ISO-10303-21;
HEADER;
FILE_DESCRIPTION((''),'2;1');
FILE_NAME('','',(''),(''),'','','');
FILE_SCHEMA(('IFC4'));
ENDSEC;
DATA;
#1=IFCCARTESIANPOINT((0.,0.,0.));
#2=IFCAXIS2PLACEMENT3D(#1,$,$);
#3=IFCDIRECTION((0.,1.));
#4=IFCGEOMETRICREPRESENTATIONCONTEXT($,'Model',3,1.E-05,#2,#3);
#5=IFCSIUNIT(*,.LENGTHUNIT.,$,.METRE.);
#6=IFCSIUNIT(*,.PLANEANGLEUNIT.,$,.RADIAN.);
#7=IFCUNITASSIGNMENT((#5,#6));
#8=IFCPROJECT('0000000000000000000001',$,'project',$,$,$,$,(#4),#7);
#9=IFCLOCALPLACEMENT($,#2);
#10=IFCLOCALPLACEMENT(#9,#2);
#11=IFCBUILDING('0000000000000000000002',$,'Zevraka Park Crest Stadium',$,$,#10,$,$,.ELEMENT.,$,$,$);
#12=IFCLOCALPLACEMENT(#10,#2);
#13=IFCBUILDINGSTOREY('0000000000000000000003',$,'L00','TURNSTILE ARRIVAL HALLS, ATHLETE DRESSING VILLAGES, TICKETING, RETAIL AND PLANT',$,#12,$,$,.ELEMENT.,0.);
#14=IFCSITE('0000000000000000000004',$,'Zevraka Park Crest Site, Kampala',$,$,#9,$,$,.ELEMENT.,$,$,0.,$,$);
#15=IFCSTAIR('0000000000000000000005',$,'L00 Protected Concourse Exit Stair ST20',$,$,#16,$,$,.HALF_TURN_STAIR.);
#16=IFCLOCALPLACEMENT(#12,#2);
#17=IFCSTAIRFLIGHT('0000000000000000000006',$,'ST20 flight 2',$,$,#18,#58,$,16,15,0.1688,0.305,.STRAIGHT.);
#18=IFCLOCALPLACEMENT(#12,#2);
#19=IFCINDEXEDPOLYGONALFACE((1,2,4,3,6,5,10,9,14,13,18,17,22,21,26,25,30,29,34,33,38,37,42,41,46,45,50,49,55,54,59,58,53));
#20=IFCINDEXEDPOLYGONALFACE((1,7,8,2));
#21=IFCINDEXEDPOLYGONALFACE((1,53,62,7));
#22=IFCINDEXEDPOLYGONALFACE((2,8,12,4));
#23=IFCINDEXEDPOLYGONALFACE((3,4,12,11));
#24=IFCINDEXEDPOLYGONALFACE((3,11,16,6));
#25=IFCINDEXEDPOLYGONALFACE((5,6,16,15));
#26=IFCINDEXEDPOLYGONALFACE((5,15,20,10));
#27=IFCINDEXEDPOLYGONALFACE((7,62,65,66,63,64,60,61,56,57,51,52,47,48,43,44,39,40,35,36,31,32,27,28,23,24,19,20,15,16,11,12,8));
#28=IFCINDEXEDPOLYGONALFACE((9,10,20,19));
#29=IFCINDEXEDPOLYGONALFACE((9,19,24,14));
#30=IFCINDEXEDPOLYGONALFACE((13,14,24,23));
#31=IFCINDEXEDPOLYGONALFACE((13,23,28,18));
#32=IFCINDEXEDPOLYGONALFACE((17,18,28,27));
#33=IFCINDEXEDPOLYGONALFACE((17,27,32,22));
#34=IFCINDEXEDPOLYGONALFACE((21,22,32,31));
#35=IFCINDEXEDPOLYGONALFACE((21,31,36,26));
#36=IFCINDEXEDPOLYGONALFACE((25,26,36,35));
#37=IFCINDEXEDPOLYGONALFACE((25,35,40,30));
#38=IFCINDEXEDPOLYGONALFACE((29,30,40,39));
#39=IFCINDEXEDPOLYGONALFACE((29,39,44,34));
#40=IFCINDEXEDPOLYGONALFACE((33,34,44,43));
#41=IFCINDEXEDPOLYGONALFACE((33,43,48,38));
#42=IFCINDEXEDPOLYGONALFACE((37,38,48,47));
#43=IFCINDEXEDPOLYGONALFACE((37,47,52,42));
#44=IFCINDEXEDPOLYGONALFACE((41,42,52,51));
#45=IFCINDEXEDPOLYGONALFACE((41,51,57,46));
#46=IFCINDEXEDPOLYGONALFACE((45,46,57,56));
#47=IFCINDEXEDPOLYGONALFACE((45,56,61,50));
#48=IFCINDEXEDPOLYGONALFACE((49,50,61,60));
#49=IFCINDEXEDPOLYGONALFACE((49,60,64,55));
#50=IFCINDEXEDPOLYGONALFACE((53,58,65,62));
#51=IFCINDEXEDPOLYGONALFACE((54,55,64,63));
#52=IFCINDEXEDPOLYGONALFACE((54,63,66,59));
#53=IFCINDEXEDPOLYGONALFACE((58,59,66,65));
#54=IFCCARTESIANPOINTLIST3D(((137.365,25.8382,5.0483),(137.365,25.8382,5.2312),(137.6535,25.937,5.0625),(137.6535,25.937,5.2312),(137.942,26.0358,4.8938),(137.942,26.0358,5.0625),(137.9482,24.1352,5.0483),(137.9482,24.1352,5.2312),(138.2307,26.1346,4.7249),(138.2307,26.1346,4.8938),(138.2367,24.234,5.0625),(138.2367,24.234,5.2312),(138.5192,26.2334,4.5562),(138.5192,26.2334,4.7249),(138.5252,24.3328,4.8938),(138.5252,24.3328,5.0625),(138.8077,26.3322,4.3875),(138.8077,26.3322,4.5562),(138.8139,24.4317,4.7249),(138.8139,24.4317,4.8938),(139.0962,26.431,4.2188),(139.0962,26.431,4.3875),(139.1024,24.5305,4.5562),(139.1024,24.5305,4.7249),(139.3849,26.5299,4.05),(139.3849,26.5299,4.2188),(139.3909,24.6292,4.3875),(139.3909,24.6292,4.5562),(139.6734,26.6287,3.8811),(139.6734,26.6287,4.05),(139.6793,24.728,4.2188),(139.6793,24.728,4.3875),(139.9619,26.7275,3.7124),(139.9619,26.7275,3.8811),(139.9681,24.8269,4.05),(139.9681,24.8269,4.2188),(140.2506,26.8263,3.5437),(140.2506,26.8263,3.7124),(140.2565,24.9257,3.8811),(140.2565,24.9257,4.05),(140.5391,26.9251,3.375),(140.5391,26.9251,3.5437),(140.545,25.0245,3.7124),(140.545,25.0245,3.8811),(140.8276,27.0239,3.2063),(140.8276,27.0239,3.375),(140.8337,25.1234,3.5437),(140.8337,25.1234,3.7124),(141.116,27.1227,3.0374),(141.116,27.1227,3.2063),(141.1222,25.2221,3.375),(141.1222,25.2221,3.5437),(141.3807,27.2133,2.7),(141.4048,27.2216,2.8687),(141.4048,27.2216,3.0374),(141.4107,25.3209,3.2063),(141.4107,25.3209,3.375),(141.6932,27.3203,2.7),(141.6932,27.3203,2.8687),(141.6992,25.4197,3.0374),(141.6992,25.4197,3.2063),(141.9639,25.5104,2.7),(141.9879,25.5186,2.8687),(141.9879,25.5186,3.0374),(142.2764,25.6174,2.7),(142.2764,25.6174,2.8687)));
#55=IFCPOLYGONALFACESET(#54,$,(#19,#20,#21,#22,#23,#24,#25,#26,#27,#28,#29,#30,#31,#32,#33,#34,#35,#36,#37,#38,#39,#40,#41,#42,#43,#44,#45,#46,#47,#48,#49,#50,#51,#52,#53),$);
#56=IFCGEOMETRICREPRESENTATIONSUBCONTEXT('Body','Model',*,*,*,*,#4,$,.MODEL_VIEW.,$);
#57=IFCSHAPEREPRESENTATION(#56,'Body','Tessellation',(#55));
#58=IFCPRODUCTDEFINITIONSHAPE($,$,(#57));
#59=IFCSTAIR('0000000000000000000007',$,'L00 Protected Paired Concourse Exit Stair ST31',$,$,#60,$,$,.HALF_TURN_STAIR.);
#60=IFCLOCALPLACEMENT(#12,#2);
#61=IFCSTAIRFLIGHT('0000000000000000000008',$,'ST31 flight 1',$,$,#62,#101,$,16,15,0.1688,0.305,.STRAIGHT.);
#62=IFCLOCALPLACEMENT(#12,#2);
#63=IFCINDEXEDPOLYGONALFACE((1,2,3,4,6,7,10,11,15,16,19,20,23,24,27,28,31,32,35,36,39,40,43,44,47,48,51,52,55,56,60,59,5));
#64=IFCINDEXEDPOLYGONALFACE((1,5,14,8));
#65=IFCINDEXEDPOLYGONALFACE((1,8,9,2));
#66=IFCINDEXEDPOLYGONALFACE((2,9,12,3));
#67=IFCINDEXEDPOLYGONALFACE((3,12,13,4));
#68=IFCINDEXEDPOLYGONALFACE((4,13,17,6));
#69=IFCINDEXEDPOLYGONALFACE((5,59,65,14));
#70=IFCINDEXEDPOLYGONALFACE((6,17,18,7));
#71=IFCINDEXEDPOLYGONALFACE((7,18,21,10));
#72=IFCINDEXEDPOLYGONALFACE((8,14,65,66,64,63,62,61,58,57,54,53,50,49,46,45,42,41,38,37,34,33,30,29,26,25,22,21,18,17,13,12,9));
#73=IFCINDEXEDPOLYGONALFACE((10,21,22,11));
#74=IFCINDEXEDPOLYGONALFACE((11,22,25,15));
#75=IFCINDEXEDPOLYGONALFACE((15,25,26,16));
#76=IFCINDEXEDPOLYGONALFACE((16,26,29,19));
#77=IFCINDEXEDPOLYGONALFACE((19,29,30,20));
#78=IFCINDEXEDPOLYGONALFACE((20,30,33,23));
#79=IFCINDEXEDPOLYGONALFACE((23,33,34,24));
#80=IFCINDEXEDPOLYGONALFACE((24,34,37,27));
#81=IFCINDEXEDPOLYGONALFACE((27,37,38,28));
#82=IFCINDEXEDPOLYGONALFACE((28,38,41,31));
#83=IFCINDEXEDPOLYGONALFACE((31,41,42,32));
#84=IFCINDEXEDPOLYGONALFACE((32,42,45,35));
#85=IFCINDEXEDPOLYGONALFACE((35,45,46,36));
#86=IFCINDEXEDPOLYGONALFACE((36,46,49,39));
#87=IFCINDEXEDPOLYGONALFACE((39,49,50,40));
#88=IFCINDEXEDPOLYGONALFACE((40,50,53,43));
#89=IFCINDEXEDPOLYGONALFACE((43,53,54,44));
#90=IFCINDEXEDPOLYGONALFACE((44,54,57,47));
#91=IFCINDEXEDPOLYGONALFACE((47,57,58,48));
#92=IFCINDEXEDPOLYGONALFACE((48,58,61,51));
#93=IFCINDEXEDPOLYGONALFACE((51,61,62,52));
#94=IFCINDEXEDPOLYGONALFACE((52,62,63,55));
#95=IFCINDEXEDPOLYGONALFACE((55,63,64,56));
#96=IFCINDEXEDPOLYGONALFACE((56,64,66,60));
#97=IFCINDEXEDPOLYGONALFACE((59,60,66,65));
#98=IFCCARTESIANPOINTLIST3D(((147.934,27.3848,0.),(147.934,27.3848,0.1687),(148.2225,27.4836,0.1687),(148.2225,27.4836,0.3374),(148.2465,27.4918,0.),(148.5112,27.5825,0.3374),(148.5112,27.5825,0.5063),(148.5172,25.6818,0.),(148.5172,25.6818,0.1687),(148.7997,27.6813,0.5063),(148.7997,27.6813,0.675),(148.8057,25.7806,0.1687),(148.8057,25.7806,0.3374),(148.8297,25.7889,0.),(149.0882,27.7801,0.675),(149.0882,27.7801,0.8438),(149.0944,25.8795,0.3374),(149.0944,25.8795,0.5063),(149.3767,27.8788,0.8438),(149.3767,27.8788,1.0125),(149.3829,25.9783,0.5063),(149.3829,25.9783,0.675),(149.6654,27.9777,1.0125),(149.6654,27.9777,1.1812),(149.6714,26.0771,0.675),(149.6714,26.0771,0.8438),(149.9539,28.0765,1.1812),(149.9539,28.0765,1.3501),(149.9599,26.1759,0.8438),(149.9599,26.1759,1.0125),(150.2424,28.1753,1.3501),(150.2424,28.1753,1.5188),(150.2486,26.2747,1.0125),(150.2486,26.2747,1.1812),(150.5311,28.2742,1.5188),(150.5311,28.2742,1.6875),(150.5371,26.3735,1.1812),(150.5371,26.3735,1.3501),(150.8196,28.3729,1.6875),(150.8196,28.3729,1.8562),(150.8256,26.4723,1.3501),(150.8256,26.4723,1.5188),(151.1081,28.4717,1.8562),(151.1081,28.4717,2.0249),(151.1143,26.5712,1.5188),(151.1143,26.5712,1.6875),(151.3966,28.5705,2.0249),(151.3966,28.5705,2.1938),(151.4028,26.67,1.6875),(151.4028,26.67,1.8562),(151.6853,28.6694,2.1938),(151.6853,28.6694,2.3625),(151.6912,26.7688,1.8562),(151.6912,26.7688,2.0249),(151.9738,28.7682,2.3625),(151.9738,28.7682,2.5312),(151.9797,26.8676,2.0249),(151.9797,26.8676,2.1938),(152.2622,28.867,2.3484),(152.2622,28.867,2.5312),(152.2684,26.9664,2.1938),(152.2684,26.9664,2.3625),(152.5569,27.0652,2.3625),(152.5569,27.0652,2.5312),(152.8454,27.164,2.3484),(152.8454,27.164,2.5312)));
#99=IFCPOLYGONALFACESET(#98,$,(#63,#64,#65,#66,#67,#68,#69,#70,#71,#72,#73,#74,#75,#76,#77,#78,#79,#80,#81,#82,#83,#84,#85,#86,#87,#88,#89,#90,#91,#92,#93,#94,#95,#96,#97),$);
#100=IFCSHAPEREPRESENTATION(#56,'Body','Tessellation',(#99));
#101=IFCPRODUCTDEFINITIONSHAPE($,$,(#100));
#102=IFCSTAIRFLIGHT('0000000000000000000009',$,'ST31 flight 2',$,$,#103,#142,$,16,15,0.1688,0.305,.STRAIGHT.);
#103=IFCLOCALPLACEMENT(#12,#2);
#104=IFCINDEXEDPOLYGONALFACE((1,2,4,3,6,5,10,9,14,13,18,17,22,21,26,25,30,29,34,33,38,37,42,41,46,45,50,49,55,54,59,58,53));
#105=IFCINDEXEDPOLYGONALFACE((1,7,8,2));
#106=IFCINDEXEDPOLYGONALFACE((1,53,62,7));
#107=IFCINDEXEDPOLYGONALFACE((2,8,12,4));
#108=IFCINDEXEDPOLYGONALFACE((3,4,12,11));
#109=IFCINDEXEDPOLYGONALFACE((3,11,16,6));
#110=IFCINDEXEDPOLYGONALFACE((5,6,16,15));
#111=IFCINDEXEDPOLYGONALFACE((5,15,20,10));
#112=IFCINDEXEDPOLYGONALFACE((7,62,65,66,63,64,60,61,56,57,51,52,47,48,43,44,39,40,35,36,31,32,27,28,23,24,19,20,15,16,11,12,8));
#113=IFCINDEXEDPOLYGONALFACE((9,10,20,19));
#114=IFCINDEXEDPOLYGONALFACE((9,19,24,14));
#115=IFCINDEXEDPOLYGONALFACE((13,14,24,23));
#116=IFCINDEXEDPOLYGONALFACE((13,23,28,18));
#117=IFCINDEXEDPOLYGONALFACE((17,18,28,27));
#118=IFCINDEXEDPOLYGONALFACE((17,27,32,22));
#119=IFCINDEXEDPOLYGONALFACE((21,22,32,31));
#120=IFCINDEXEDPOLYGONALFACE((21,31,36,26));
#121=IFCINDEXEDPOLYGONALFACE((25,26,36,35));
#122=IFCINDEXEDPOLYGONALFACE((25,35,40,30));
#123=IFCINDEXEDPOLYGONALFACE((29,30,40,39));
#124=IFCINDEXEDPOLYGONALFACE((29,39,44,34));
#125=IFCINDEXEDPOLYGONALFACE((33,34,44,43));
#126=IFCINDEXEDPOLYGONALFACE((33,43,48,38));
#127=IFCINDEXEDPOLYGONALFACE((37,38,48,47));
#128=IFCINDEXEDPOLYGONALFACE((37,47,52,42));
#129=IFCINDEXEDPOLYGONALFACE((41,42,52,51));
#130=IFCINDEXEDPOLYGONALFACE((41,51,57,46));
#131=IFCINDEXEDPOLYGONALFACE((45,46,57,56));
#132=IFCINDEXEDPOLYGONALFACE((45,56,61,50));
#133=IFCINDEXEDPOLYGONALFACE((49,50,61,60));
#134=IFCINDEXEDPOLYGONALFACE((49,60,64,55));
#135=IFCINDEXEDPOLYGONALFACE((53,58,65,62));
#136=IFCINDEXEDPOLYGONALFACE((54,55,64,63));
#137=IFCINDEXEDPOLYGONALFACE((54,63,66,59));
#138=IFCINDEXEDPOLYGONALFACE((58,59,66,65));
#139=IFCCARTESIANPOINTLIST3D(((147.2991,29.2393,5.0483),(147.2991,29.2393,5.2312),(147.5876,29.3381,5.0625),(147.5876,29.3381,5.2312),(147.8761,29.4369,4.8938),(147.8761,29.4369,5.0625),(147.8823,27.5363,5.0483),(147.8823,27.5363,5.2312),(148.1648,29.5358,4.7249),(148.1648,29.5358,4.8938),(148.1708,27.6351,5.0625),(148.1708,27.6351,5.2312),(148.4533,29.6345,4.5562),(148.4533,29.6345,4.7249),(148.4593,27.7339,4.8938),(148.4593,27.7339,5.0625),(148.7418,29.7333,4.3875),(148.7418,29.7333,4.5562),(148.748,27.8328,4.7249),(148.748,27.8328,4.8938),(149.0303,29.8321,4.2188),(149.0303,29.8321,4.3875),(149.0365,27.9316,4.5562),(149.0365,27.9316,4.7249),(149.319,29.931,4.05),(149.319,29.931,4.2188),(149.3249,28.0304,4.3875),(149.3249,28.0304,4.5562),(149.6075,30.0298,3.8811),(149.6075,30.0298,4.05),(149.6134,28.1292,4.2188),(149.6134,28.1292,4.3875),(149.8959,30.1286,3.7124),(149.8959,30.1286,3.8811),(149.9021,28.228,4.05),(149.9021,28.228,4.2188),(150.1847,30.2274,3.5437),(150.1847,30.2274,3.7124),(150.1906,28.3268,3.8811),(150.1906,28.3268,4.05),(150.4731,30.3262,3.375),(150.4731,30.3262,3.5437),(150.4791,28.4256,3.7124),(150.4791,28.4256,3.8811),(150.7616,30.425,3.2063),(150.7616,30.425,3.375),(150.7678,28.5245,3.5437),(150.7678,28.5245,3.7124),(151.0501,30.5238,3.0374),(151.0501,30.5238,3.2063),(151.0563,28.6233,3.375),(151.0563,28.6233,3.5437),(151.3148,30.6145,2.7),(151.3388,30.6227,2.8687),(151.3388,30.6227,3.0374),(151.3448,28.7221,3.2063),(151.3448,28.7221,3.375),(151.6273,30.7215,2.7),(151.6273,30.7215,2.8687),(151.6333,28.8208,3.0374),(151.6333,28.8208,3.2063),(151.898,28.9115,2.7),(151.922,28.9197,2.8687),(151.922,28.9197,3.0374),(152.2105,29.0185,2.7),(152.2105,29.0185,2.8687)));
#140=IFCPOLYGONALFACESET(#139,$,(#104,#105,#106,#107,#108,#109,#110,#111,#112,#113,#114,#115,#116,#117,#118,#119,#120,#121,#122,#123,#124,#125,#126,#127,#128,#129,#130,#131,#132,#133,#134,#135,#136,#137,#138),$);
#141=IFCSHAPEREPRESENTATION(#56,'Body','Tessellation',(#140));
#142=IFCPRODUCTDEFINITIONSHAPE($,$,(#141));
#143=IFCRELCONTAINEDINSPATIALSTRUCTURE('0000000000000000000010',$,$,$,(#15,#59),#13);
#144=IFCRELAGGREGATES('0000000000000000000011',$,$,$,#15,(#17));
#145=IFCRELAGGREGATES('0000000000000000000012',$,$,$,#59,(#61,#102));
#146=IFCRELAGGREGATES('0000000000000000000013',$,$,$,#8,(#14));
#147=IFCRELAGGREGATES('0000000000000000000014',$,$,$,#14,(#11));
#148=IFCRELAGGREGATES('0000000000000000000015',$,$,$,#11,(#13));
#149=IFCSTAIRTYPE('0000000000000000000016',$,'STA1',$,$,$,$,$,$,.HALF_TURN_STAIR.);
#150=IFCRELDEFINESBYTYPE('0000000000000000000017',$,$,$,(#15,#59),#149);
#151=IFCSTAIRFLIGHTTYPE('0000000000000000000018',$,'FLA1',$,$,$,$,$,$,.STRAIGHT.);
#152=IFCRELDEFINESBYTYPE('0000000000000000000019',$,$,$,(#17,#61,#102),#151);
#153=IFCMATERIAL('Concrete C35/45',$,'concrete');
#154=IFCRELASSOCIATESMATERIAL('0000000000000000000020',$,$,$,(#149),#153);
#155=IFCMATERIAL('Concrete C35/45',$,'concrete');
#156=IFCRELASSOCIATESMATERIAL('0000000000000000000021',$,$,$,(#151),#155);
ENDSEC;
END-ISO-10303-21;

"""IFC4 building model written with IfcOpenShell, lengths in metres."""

from ifc_helpers import new_model, si_unit, direction, frame, origin, place, context, subcontext, project, spatial, polyline, outline, extrude, material, type_object, element, aggregate, save


model = new_model("IFC4")

# Units and contexts
model_context = context("Model", 3, precision=1e-05, world=origin(), true_north=direction((0.0, 1.0)))
body_context = subcontext(model_context, "Body", "Model", "MODEL_VIEW")
ifc_project = project(units=[si_unit("LENGTHUNIT", "METRE"), si_unit("PLANEANGLEUNIT", "RADIAN")], contexts=[model_context])

# Site, building, storey
site_placement = place(None, origin())
site = spatial("IfcSite", under=ifc_project, at=site_placement, Name="Zevraka Park Crest Site, Kampala", CompositionType="ELEMENT", RefElevation=0.0)
building_placement = place(site_placement, origin())
building = spatial("IfcBuilding", under=site, at=building_placement, Name="Zevraka Park Crest Stadium", CompositionType="ELEMENT")
storey_placement = place(building_placement, origin())
storey = spatial("IfcBuildingStorey", under=building, at=storey_placement, Name="L00", Description="TURNSTILE ARRIVAL HALLS, ATHLETE DRESSING VILLAGES, TICKETING, RETAIL AND PLANT", CompositionType="ELEMENT", Elevation=0.0)

# Stair, stair flight
ifc_material_1 = material(Name="Concrete C35/45", Category="concrete")
stair_type = type_object("IfcStairType", Name="STA1", PredefinedType="HALF_TURN_STAIR", material=ifc_material_1)
stair_1_placement = place(storey_placement, origin())
stair_1 = element("IfcStair", 1, at=stair_1_placement, inside=storey, type_object=stair_type, Name="L00 Protected Concourse Exit Stair ST20", PredefinedType="HALF_TURN_STAIR")
ifc_material_2 = material(Name="Concrete C35/45", Category="concrete")
stair_flight_type = type_object("IfcStairFlightType", Name="FLA1", PredefinedType="STRAIGHT", material=ifc_material_2)
stair_flight_1_placement = place(storey_placement, frame((141.9849, 26.4688, 2.7), z_axis=(0.0, 0.0, 1.0), x_axis=(-0.946066, -0.323974, 0.0)))
stair_flight_1 = element("IfcStairFlight", 2, at=stair_flight_1_placement, type_object=stair_flight_type, Name="ST20 flight 2", NumberOfRisers=16, NumberOfTreads=15, PredefinedType="STRAIGHT", RiserHeight=0.1688, TreadLength=0.305, context=body_context, shape_type="SweptSolid", body=[
    extrude(outline(polyline([(0.0, 0.0), (0.0, 0.1687), (0.3049, 0.1687), (0.3049, 0.3374), (0.6101, 0.3374), (0.6101, 0.5063), (0.915, 0.5063), (0.915, 0.675), (1.22, 0.675), (1.22, 0.8438), (1.5249, 0.8438), (1.5249, 1.0125), (1.8301, 1.0125), (1.8301, 1.1812), (2.135, 1.1812), (2.135, 1.3501), (2.4399, 1.3501), (2.4399, 1.5188), (2.7451, 1.5188), (2.7451, 1.6875), (3.05, 1.6875), (3.05, 1.8562), (3.355, 1.8562), (3.355, 2.0249), (3.6599, 2.0249), (3.6599, 2.1938), (3.9651, 2.1938), (3.9651, 2.3625), (4.27, 2.3625), (4.27, 2.5312), (4.575, 2.5312), (4.575, 2.7), (4.575, 2.3484), (0.3303, 0.0), (0.0, 0.0)])), frame((0.0, 0.8999, 0.0), z_axis=(0.0, -1.0, 0.0), x_axis=(1.0, 0.0, 0.0)), (0.0, 0.0, 1.0), 1.8),
])
aggregate(stair_1, [stair_flight_1])

# Stair, stair flights
stair_2_placement = place(storey_placement, origin())
stair_2 = element("IfcStair", 3, at=stair_2_placement, inside=storey, type_object=stair_type, Name="L00 Protected Paired Concourse Exit Stair ST31", PredefinedType="HALF_TURN_STAIR")
stair_flight_2_placement = place(storey_placement, frame((148.2256, 26.5334, 0.0), z_axis=(0.0, 0.0, 1.0), x_axis=(0.946066, 0.323974, 0.0)))
stair_flight_2 = element("IfcStairFlight", 4, at=stair_flight_2_placement, type_object=stair_flight_type, Name="ST31 flight 1", NumberOfRisers=16, NumberOfTreads=15, PredefinedType="STRAIGHT", RiserHeight=0.1688, TreadLength=0.305, context=body_context, shape_type="SweptSolid", body=[
    extrude(outline(polyline([(0.0, 0.0), (0.0, 0.1687), (0.3049, 0.1687), (0.3049, 0.3374), (0.6101, 0.3374), (0.6101, 0.5063), (0.915, 0.5063), (0.915, 0.675), (1.22, 0.675), (1.22, 0.8438), (1.5249, 0.8438), (1.5249, 1.0125), (1.8301, 1.0125), (1.8301, 1.1812), (2.135, 1.1812), (2.135, 1.3501), (2.4399, 1.3501), (2.4399, 1.5188), (2.7451, 1.5188), (2.7451, 1.6875), (3.05, 1.6875), (3.05, 1.8562), (3.355, 1.8562), (3.355, 2.0249), (3.6599, 2.0249), (3.6599, 2.1938), (3.9651, 2.1938), (3.9651, 2.3625), (4.27, 2.3625), (4.27, 2.5312), (4.575, 2.5312), (4.575, 2.7), (4.575, 2.3484), (0.3303, 0.0), (0.0, 0.0)])), frame((0.0, 0.8999, 0.0), z_axis=(0.0, -1.0, 0.0), x_axis=(1.0, 0.0, 0.0)), (0.0, 0.0, 1.0), 1.8),
])
stair_flight_3_placement = place(storey_placement, frame((151.9189, 29.8699, 2.7), z_axis=(0.0, 0.0, 1.0), x_axis=(-0.946066, -0.323974, 0.0)))
stair_flight_3 = element("IfcStairFlight", 5, at=stair_flight_3_placement, type_object=stair_flight_type, Name="ST31 flight 2", NumberOfRisers=16, NumberOfTreads=15, PredefinedType="STRAIGHT", RiserHeight=0.1688, TreadLength=0.305, context=body_context, shape_type="SweptSolid", body=[
    extrude(outline(polyline([(0.0, 0.0), (0.0, 0.1687), (0.3049, 0.1687), (0.3049, 0.3374), (0.6101, 0.3374), (0.6101, 0.5063), (0.915, 0.5063), (0.915, 0.675), (1.22, 0.675), (1.22, 0.8438), (1.5249, 0.8438), (1.5249, 1.0125), (1.8301, 1.0125), (1.8301, 1.1812), (2.135, 1.1812), (2.135, 1.3501), (2.4399, 1.3501), (2.4399, 1.5188), (2.7451, 1.5188), (2.7451, 1.6875), (3.05, 1.6875), (3.05, 1.8562), (3.355, 1.8562), (3.355, 2.0249), (3.6599, 2.0249), (3.6599, 2.1938), (3.9651, 2.1938), (3.9651, 2.3625), (4.27, 2.3625), (4.27, 2.5312), (4.575, 2.5312), (4.575, 2.7), (4.575, 2.3484), (0.3303, 0.0), (0.0, 0.0)])), frame((0.0, 0.8999, 0.0), z_axis=(0.0, -1.0, 0.0), x_axis=(1.0, 0.0, 0.0)), (0.0, 0.0, 1.0), 1.8),
])
aggregate(stair_2, [stair_flight_2, stair_flight_3])

save(model, "model.ifc")
